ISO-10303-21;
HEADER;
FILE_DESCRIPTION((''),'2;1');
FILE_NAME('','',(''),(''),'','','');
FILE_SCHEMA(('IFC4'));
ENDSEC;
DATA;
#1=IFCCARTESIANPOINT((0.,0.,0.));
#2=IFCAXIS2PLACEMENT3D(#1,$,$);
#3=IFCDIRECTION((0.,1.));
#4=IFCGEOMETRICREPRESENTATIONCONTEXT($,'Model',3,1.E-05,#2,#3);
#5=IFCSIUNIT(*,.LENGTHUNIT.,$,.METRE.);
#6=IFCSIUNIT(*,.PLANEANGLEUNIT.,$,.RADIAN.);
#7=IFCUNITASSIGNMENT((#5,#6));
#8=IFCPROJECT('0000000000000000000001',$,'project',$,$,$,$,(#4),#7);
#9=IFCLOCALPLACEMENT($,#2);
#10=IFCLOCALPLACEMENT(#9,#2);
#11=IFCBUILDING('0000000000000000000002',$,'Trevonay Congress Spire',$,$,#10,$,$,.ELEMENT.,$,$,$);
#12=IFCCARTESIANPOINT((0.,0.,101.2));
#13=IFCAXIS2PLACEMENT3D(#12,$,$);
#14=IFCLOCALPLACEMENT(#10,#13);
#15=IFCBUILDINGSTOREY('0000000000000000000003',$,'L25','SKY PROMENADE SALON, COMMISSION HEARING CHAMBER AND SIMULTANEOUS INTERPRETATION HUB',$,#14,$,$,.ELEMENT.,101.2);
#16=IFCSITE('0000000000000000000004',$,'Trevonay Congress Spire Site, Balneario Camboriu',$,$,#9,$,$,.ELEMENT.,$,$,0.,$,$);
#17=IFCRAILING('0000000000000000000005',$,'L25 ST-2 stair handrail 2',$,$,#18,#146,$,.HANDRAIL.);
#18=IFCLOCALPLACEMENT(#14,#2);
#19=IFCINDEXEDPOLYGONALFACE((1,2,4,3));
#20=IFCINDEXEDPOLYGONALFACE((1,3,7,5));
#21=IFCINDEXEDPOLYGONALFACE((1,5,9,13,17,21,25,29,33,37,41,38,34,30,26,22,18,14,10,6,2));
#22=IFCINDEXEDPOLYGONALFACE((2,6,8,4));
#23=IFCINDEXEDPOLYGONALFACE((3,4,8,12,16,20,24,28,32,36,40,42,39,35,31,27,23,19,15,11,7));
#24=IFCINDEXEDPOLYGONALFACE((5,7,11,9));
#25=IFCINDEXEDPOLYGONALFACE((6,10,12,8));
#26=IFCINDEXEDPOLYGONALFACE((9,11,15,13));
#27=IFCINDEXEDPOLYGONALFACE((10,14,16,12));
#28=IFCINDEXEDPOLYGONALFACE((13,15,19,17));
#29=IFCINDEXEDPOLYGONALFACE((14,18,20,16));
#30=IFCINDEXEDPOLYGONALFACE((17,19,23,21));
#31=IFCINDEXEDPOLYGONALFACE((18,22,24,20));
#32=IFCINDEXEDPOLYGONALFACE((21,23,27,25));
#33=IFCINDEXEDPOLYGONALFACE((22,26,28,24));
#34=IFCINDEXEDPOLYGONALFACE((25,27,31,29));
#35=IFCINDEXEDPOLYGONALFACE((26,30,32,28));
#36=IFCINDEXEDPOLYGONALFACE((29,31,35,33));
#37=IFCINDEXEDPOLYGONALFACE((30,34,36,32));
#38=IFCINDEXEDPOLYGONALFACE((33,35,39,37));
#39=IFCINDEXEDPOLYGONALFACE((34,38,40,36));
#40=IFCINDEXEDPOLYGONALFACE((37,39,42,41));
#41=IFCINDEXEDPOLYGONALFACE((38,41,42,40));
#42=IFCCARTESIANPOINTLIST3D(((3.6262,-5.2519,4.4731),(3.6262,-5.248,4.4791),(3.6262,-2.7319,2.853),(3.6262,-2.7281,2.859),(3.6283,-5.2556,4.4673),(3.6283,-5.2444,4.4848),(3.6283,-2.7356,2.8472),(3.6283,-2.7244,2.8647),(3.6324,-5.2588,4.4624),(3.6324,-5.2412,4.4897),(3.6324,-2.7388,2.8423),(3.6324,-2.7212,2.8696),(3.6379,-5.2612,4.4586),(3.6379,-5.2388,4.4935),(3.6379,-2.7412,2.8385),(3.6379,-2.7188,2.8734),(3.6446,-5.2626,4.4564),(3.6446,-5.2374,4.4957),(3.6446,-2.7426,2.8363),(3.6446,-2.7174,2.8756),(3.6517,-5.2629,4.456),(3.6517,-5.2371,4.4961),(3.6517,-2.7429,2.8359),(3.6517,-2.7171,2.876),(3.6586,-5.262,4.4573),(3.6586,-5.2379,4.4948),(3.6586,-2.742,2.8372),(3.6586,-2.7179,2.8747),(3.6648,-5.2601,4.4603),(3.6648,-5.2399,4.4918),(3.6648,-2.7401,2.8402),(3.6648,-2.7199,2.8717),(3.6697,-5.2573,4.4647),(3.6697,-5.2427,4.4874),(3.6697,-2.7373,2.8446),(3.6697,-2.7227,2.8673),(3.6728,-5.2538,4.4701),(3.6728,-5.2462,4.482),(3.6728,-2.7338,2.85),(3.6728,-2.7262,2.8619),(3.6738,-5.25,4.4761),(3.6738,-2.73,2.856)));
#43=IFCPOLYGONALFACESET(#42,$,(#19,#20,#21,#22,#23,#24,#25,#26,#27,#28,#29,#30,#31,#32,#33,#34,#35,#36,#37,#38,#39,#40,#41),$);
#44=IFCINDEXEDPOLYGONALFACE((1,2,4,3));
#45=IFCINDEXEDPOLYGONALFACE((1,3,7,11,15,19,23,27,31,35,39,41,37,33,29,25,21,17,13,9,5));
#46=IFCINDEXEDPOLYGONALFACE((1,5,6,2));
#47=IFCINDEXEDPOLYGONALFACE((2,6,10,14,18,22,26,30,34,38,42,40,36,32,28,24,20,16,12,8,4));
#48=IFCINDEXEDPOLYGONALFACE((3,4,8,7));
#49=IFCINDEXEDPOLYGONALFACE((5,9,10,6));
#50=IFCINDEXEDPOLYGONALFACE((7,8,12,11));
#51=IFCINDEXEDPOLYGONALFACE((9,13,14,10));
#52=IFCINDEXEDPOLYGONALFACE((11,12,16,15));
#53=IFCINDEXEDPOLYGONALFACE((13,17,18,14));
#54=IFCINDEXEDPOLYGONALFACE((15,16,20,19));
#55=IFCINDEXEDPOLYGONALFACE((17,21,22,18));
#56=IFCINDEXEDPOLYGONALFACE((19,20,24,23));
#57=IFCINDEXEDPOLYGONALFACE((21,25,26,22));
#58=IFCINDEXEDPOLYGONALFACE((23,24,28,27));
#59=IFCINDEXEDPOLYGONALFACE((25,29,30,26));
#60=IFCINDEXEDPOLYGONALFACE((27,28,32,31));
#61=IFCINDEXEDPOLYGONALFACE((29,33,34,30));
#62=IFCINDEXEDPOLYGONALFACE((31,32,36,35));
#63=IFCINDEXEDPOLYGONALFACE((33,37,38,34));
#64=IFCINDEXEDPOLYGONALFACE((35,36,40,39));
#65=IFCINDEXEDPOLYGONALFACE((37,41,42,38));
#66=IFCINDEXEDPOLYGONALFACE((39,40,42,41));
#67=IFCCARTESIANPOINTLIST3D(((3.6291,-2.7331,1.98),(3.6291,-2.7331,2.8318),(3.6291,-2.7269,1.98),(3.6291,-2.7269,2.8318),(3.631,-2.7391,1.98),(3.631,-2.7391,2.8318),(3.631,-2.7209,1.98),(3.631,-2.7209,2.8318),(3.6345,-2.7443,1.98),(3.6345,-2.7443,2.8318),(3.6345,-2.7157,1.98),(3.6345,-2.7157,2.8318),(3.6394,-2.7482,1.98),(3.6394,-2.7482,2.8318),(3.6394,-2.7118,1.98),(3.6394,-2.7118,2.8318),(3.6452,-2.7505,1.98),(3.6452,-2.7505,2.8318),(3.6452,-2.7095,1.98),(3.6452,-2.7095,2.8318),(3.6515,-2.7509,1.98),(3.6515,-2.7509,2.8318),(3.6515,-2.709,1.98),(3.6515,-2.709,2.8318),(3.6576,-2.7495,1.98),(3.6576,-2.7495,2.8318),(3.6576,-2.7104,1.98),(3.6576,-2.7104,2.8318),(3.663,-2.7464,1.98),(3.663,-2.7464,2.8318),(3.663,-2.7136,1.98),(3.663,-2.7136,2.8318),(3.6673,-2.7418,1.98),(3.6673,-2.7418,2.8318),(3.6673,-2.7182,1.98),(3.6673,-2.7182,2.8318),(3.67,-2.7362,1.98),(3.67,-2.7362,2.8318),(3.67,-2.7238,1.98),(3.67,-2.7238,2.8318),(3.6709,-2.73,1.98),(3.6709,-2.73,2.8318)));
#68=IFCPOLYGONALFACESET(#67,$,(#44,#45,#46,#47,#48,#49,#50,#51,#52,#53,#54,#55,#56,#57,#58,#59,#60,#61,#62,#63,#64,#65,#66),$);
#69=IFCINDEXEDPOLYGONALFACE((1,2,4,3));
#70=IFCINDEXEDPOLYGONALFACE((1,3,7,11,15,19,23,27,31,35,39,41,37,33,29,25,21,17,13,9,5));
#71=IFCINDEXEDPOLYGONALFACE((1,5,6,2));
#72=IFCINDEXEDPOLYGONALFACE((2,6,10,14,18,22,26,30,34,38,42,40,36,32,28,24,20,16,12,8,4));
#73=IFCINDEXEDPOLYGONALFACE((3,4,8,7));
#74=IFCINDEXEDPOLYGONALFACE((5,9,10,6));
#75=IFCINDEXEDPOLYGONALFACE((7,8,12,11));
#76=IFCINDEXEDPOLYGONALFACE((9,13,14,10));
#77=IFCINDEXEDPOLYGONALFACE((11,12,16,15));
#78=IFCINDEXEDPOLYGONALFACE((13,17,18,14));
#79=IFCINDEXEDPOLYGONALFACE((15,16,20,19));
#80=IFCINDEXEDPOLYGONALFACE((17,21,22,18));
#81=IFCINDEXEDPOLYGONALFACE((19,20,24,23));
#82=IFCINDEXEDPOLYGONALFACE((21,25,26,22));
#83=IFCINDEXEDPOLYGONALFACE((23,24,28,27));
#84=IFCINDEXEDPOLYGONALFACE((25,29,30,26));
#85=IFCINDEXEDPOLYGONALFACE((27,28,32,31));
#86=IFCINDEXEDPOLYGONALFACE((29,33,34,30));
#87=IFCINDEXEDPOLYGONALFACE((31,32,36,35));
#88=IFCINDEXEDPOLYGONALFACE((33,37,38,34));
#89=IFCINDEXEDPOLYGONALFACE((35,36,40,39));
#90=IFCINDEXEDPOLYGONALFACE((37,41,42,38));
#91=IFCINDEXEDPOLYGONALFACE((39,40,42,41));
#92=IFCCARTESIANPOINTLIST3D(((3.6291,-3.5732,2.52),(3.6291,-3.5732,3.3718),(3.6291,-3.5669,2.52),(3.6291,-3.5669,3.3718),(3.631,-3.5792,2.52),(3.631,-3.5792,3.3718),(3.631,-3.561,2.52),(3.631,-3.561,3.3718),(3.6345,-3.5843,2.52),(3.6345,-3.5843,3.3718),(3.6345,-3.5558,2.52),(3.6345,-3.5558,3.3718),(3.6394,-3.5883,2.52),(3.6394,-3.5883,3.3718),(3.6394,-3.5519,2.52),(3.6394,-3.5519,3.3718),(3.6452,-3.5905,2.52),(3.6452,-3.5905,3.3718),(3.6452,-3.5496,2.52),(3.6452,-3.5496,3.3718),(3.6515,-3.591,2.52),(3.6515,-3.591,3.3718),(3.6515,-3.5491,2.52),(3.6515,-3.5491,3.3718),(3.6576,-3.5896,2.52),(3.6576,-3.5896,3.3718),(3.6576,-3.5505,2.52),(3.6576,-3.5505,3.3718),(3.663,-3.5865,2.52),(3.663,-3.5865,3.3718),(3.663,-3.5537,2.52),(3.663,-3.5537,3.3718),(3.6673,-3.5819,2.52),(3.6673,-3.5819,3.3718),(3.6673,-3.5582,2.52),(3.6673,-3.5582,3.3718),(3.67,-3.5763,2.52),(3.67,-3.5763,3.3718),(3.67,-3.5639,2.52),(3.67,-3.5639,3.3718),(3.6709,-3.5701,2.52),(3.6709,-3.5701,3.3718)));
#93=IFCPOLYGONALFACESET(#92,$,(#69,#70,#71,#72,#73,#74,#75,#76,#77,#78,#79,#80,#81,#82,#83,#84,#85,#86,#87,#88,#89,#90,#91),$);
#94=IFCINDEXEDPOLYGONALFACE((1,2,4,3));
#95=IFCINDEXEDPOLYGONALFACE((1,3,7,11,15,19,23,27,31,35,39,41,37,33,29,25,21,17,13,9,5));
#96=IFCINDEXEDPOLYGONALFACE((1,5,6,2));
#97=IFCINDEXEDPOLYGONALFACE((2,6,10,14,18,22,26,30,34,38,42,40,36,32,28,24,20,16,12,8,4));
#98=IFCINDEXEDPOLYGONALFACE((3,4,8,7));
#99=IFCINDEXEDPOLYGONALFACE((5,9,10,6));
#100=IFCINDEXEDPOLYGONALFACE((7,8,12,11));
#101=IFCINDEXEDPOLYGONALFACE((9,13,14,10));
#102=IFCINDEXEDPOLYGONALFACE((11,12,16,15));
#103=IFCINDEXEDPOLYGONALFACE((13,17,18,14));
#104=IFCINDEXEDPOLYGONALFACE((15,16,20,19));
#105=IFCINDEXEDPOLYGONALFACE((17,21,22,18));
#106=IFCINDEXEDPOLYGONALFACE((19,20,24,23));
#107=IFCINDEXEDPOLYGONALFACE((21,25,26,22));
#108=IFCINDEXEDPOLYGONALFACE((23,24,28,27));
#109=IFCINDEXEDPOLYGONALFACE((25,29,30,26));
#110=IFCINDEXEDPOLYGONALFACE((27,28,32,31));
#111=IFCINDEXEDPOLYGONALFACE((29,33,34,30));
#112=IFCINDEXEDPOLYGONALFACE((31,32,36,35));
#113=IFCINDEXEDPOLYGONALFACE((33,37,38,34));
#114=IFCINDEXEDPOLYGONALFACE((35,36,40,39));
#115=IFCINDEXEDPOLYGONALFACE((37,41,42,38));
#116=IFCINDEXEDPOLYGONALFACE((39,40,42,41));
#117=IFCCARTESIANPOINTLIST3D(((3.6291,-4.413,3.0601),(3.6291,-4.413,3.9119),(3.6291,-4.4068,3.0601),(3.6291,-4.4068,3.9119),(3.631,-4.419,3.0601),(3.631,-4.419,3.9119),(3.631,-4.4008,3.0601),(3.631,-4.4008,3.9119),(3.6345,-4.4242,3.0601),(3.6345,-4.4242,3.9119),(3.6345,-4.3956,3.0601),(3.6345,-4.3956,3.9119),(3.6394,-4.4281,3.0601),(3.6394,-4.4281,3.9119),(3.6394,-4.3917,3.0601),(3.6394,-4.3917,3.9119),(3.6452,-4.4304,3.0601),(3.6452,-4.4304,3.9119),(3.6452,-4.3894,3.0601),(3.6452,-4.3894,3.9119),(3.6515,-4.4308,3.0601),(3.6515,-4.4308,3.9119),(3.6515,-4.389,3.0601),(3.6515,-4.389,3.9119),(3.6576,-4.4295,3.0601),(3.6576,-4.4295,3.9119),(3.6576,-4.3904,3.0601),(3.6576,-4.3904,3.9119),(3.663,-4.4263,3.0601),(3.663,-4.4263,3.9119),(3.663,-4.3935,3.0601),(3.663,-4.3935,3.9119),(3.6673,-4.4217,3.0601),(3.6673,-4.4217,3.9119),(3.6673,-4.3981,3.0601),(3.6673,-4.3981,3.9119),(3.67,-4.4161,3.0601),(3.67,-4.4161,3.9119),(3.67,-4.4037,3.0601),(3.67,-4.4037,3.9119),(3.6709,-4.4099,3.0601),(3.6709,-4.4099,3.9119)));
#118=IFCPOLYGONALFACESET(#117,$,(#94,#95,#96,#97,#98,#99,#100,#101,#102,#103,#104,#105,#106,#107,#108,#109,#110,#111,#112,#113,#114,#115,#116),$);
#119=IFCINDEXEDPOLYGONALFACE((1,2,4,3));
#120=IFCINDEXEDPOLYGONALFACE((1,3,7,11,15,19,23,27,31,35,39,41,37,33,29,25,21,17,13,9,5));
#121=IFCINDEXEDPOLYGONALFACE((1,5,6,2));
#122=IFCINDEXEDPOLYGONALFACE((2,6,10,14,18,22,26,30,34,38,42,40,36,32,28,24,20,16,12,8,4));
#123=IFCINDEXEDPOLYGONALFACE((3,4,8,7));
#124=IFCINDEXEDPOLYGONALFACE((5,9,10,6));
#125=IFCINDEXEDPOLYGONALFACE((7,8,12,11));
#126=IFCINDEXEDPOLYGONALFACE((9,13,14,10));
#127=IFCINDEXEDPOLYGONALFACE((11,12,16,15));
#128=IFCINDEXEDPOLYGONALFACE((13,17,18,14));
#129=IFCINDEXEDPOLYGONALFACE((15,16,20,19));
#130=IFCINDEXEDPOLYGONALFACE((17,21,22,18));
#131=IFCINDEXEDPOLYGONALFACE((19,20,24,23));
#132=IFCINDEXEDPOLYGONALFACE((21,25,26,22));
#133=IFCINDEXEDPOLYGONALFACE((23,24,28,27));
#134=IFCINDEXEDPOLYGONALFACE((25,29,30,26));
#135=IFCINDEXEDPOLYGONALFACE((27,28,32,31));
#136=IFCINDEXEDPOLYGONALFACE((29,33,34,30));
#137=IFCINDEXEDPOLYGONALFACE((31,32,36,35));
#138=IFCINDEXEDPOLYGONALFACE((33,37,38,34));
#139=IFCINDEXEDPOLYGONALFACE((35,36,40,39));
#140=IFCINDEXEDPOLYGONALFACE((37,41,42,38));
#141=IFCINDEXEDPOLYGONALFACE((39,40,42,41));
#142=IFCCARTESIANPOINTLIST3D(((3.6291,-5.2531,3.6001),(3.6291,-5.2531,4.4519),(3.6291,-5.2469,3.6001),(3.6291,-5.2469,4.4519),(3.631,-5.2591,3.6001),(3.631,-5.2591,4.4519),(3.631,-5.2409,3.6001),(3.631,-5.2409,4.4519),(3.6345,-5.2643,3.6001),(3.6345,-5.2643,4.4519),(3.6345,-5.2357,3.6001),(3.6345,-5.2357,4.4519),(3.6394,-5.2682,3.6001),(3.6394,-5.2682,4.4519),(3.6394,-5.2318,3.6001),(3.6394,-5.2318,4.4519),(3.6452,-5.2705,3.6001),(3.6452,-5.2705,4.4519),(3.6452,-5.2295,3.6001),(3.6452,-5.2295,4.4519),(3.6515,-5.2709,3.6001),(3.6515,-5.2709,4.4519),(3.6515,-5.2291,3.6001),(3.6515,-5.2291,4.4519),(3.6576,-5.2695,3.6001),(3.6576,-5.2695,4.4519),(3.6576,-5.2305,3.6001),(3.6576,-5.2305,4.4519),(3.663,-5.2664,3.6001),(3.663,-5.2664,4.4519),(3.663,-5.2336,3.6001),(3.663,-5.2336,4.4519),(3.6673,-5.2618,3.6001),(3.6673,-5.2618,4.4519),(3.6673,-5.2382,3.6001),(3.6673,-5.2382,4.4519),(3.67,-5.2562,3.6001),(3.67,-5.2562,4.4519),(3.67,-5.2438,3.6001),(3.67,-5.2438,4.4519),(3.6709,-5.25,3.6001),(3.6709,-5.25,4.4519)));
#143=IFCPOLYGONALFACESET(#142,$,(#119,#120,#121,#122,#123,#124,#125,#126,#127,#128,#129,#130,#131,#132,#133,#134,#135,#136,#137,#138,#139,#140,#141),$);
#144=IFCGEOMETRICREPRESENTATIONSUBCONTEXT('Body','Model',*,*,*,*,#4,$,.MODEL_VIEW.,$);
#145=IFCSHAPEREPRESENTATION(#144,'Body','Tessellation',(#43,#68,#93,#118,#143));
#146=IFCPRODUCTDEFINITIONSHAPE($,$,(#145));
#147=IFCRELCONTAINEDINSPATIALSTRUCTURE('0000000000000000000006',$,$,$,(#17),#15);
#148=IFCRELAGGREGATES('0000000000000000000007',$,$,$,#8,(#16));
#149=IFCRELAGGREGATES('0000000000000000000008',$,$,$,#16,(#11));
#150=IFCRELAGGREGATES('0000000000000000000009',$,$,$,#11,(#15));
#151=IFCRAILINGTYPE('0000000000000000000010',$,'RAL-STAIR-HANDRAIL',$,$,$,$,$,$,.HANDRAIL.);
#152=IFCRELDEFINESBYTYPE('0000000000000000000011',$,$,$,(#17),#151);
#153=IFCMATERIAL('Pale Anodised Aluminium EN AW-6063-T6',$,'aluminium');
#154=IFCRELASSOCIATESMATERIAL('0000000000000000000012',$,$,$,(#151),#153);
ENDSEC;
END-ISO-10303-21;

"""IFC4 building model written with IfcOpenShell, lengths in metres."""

from ifc_helpers import new_model, si_unit, direction, frame, origin, origin_2d, place, context, subcontext, project, spatial, circle, extrude, material, type_object, element, save


model = new_model("IFC4")

# Units and contexts
model_context = context("Model", 3, precision=1e-05, world=origin(), true_north=direction((0.0, 1.0)))
body_context = subcontext(model_context, "Body", "Model", "MODEL_VIEW")
ifc_project = project(units=[si_unit("LENGTHUNIT", "METRE"), si_unit("PLANEANGLEUNIT", "RADIAN")], contexts=[model_context])

# Site, building, storey
site_placement = place(None, origin())
site = spatial("IfcSite", under=ifc_project, at=site_placement, Name="Trevonay Congress Spire Site, Balneario Camboriu", CompositionType="ELEMENT", RefElevation=0.0)
building_placement = place(site_placement, origin())
building = spatial("IfcBuilding", under=site, at=building_placement, Name="Trevonay Congress Spire", CompositionType="ELEMENT")
storey_placement = place(building_placement, frame((0.0, 0.0, 101.2)))
storey = spatial("IfcBuildingStorey", under=building, at=storey_placement, Name="L25", Description="SKY PROMENADE SALON, COMMISSION HEARING CHAMBER AND SIMULTANEOUS INTERPRETATION HUB", CompositionType="ELEMENT", Elevation=101.2)

# Shared definitions
ifc_material_1 = material(Name="Pale Anodised Aluminium EN AW-6063-T6", Category="aluminium")

# Railing
railing_type_1 = type_object("IfcRailingType", Name="RAL-STAIR-HANDRAIL", PredefinedType="HANDRAIL", material=ifc_material_1)
railing_1_placement = place(storey_placement, frame((3.6499, -2.73, 1.98)))
element("IfcRailing", 1, at=railing_1_placement, inside=storey, type_object=railing_type_1, Name="L25 ST-2 stair handrail 2", PredefinedType="HANDRAIL", context=body_context, shape_type="SweptSolid", body=[
    extrude(circle(Radius=0.0239, at=origin_2d()), frame((0.0, 0.0, 0.876), z_axis=(0.0, -0.841163, 0.540782), x_axis=(1.0, 0.0, 0.0)), (0.0, 0.0, 1.0), 2.9958),
    extrude(circle(Radius=0.021, at=origin_2d()), origin(), (0.0, 0.0, 1.0), 0.8518),
    extrude(circle(Radius=0.021, at=origin_2d()), frame((0.0, -0.8401, 0.54)), (0.0, 0.0, 1.0), 0.8518),
    extrude(circle(Radius=0.021, at=origin_2d()), frame((0.0, -1.6799, 1.0801)), (0.0, 0.0, 1.0), 0.8518),
    extrude(circle(Radius=0.021, at=origin_2d()), frame((0.0, -2.52, 1.6201)), (0.0, 0.0, 1.0), 0.8518),
])

save(model, "model.ifc")
